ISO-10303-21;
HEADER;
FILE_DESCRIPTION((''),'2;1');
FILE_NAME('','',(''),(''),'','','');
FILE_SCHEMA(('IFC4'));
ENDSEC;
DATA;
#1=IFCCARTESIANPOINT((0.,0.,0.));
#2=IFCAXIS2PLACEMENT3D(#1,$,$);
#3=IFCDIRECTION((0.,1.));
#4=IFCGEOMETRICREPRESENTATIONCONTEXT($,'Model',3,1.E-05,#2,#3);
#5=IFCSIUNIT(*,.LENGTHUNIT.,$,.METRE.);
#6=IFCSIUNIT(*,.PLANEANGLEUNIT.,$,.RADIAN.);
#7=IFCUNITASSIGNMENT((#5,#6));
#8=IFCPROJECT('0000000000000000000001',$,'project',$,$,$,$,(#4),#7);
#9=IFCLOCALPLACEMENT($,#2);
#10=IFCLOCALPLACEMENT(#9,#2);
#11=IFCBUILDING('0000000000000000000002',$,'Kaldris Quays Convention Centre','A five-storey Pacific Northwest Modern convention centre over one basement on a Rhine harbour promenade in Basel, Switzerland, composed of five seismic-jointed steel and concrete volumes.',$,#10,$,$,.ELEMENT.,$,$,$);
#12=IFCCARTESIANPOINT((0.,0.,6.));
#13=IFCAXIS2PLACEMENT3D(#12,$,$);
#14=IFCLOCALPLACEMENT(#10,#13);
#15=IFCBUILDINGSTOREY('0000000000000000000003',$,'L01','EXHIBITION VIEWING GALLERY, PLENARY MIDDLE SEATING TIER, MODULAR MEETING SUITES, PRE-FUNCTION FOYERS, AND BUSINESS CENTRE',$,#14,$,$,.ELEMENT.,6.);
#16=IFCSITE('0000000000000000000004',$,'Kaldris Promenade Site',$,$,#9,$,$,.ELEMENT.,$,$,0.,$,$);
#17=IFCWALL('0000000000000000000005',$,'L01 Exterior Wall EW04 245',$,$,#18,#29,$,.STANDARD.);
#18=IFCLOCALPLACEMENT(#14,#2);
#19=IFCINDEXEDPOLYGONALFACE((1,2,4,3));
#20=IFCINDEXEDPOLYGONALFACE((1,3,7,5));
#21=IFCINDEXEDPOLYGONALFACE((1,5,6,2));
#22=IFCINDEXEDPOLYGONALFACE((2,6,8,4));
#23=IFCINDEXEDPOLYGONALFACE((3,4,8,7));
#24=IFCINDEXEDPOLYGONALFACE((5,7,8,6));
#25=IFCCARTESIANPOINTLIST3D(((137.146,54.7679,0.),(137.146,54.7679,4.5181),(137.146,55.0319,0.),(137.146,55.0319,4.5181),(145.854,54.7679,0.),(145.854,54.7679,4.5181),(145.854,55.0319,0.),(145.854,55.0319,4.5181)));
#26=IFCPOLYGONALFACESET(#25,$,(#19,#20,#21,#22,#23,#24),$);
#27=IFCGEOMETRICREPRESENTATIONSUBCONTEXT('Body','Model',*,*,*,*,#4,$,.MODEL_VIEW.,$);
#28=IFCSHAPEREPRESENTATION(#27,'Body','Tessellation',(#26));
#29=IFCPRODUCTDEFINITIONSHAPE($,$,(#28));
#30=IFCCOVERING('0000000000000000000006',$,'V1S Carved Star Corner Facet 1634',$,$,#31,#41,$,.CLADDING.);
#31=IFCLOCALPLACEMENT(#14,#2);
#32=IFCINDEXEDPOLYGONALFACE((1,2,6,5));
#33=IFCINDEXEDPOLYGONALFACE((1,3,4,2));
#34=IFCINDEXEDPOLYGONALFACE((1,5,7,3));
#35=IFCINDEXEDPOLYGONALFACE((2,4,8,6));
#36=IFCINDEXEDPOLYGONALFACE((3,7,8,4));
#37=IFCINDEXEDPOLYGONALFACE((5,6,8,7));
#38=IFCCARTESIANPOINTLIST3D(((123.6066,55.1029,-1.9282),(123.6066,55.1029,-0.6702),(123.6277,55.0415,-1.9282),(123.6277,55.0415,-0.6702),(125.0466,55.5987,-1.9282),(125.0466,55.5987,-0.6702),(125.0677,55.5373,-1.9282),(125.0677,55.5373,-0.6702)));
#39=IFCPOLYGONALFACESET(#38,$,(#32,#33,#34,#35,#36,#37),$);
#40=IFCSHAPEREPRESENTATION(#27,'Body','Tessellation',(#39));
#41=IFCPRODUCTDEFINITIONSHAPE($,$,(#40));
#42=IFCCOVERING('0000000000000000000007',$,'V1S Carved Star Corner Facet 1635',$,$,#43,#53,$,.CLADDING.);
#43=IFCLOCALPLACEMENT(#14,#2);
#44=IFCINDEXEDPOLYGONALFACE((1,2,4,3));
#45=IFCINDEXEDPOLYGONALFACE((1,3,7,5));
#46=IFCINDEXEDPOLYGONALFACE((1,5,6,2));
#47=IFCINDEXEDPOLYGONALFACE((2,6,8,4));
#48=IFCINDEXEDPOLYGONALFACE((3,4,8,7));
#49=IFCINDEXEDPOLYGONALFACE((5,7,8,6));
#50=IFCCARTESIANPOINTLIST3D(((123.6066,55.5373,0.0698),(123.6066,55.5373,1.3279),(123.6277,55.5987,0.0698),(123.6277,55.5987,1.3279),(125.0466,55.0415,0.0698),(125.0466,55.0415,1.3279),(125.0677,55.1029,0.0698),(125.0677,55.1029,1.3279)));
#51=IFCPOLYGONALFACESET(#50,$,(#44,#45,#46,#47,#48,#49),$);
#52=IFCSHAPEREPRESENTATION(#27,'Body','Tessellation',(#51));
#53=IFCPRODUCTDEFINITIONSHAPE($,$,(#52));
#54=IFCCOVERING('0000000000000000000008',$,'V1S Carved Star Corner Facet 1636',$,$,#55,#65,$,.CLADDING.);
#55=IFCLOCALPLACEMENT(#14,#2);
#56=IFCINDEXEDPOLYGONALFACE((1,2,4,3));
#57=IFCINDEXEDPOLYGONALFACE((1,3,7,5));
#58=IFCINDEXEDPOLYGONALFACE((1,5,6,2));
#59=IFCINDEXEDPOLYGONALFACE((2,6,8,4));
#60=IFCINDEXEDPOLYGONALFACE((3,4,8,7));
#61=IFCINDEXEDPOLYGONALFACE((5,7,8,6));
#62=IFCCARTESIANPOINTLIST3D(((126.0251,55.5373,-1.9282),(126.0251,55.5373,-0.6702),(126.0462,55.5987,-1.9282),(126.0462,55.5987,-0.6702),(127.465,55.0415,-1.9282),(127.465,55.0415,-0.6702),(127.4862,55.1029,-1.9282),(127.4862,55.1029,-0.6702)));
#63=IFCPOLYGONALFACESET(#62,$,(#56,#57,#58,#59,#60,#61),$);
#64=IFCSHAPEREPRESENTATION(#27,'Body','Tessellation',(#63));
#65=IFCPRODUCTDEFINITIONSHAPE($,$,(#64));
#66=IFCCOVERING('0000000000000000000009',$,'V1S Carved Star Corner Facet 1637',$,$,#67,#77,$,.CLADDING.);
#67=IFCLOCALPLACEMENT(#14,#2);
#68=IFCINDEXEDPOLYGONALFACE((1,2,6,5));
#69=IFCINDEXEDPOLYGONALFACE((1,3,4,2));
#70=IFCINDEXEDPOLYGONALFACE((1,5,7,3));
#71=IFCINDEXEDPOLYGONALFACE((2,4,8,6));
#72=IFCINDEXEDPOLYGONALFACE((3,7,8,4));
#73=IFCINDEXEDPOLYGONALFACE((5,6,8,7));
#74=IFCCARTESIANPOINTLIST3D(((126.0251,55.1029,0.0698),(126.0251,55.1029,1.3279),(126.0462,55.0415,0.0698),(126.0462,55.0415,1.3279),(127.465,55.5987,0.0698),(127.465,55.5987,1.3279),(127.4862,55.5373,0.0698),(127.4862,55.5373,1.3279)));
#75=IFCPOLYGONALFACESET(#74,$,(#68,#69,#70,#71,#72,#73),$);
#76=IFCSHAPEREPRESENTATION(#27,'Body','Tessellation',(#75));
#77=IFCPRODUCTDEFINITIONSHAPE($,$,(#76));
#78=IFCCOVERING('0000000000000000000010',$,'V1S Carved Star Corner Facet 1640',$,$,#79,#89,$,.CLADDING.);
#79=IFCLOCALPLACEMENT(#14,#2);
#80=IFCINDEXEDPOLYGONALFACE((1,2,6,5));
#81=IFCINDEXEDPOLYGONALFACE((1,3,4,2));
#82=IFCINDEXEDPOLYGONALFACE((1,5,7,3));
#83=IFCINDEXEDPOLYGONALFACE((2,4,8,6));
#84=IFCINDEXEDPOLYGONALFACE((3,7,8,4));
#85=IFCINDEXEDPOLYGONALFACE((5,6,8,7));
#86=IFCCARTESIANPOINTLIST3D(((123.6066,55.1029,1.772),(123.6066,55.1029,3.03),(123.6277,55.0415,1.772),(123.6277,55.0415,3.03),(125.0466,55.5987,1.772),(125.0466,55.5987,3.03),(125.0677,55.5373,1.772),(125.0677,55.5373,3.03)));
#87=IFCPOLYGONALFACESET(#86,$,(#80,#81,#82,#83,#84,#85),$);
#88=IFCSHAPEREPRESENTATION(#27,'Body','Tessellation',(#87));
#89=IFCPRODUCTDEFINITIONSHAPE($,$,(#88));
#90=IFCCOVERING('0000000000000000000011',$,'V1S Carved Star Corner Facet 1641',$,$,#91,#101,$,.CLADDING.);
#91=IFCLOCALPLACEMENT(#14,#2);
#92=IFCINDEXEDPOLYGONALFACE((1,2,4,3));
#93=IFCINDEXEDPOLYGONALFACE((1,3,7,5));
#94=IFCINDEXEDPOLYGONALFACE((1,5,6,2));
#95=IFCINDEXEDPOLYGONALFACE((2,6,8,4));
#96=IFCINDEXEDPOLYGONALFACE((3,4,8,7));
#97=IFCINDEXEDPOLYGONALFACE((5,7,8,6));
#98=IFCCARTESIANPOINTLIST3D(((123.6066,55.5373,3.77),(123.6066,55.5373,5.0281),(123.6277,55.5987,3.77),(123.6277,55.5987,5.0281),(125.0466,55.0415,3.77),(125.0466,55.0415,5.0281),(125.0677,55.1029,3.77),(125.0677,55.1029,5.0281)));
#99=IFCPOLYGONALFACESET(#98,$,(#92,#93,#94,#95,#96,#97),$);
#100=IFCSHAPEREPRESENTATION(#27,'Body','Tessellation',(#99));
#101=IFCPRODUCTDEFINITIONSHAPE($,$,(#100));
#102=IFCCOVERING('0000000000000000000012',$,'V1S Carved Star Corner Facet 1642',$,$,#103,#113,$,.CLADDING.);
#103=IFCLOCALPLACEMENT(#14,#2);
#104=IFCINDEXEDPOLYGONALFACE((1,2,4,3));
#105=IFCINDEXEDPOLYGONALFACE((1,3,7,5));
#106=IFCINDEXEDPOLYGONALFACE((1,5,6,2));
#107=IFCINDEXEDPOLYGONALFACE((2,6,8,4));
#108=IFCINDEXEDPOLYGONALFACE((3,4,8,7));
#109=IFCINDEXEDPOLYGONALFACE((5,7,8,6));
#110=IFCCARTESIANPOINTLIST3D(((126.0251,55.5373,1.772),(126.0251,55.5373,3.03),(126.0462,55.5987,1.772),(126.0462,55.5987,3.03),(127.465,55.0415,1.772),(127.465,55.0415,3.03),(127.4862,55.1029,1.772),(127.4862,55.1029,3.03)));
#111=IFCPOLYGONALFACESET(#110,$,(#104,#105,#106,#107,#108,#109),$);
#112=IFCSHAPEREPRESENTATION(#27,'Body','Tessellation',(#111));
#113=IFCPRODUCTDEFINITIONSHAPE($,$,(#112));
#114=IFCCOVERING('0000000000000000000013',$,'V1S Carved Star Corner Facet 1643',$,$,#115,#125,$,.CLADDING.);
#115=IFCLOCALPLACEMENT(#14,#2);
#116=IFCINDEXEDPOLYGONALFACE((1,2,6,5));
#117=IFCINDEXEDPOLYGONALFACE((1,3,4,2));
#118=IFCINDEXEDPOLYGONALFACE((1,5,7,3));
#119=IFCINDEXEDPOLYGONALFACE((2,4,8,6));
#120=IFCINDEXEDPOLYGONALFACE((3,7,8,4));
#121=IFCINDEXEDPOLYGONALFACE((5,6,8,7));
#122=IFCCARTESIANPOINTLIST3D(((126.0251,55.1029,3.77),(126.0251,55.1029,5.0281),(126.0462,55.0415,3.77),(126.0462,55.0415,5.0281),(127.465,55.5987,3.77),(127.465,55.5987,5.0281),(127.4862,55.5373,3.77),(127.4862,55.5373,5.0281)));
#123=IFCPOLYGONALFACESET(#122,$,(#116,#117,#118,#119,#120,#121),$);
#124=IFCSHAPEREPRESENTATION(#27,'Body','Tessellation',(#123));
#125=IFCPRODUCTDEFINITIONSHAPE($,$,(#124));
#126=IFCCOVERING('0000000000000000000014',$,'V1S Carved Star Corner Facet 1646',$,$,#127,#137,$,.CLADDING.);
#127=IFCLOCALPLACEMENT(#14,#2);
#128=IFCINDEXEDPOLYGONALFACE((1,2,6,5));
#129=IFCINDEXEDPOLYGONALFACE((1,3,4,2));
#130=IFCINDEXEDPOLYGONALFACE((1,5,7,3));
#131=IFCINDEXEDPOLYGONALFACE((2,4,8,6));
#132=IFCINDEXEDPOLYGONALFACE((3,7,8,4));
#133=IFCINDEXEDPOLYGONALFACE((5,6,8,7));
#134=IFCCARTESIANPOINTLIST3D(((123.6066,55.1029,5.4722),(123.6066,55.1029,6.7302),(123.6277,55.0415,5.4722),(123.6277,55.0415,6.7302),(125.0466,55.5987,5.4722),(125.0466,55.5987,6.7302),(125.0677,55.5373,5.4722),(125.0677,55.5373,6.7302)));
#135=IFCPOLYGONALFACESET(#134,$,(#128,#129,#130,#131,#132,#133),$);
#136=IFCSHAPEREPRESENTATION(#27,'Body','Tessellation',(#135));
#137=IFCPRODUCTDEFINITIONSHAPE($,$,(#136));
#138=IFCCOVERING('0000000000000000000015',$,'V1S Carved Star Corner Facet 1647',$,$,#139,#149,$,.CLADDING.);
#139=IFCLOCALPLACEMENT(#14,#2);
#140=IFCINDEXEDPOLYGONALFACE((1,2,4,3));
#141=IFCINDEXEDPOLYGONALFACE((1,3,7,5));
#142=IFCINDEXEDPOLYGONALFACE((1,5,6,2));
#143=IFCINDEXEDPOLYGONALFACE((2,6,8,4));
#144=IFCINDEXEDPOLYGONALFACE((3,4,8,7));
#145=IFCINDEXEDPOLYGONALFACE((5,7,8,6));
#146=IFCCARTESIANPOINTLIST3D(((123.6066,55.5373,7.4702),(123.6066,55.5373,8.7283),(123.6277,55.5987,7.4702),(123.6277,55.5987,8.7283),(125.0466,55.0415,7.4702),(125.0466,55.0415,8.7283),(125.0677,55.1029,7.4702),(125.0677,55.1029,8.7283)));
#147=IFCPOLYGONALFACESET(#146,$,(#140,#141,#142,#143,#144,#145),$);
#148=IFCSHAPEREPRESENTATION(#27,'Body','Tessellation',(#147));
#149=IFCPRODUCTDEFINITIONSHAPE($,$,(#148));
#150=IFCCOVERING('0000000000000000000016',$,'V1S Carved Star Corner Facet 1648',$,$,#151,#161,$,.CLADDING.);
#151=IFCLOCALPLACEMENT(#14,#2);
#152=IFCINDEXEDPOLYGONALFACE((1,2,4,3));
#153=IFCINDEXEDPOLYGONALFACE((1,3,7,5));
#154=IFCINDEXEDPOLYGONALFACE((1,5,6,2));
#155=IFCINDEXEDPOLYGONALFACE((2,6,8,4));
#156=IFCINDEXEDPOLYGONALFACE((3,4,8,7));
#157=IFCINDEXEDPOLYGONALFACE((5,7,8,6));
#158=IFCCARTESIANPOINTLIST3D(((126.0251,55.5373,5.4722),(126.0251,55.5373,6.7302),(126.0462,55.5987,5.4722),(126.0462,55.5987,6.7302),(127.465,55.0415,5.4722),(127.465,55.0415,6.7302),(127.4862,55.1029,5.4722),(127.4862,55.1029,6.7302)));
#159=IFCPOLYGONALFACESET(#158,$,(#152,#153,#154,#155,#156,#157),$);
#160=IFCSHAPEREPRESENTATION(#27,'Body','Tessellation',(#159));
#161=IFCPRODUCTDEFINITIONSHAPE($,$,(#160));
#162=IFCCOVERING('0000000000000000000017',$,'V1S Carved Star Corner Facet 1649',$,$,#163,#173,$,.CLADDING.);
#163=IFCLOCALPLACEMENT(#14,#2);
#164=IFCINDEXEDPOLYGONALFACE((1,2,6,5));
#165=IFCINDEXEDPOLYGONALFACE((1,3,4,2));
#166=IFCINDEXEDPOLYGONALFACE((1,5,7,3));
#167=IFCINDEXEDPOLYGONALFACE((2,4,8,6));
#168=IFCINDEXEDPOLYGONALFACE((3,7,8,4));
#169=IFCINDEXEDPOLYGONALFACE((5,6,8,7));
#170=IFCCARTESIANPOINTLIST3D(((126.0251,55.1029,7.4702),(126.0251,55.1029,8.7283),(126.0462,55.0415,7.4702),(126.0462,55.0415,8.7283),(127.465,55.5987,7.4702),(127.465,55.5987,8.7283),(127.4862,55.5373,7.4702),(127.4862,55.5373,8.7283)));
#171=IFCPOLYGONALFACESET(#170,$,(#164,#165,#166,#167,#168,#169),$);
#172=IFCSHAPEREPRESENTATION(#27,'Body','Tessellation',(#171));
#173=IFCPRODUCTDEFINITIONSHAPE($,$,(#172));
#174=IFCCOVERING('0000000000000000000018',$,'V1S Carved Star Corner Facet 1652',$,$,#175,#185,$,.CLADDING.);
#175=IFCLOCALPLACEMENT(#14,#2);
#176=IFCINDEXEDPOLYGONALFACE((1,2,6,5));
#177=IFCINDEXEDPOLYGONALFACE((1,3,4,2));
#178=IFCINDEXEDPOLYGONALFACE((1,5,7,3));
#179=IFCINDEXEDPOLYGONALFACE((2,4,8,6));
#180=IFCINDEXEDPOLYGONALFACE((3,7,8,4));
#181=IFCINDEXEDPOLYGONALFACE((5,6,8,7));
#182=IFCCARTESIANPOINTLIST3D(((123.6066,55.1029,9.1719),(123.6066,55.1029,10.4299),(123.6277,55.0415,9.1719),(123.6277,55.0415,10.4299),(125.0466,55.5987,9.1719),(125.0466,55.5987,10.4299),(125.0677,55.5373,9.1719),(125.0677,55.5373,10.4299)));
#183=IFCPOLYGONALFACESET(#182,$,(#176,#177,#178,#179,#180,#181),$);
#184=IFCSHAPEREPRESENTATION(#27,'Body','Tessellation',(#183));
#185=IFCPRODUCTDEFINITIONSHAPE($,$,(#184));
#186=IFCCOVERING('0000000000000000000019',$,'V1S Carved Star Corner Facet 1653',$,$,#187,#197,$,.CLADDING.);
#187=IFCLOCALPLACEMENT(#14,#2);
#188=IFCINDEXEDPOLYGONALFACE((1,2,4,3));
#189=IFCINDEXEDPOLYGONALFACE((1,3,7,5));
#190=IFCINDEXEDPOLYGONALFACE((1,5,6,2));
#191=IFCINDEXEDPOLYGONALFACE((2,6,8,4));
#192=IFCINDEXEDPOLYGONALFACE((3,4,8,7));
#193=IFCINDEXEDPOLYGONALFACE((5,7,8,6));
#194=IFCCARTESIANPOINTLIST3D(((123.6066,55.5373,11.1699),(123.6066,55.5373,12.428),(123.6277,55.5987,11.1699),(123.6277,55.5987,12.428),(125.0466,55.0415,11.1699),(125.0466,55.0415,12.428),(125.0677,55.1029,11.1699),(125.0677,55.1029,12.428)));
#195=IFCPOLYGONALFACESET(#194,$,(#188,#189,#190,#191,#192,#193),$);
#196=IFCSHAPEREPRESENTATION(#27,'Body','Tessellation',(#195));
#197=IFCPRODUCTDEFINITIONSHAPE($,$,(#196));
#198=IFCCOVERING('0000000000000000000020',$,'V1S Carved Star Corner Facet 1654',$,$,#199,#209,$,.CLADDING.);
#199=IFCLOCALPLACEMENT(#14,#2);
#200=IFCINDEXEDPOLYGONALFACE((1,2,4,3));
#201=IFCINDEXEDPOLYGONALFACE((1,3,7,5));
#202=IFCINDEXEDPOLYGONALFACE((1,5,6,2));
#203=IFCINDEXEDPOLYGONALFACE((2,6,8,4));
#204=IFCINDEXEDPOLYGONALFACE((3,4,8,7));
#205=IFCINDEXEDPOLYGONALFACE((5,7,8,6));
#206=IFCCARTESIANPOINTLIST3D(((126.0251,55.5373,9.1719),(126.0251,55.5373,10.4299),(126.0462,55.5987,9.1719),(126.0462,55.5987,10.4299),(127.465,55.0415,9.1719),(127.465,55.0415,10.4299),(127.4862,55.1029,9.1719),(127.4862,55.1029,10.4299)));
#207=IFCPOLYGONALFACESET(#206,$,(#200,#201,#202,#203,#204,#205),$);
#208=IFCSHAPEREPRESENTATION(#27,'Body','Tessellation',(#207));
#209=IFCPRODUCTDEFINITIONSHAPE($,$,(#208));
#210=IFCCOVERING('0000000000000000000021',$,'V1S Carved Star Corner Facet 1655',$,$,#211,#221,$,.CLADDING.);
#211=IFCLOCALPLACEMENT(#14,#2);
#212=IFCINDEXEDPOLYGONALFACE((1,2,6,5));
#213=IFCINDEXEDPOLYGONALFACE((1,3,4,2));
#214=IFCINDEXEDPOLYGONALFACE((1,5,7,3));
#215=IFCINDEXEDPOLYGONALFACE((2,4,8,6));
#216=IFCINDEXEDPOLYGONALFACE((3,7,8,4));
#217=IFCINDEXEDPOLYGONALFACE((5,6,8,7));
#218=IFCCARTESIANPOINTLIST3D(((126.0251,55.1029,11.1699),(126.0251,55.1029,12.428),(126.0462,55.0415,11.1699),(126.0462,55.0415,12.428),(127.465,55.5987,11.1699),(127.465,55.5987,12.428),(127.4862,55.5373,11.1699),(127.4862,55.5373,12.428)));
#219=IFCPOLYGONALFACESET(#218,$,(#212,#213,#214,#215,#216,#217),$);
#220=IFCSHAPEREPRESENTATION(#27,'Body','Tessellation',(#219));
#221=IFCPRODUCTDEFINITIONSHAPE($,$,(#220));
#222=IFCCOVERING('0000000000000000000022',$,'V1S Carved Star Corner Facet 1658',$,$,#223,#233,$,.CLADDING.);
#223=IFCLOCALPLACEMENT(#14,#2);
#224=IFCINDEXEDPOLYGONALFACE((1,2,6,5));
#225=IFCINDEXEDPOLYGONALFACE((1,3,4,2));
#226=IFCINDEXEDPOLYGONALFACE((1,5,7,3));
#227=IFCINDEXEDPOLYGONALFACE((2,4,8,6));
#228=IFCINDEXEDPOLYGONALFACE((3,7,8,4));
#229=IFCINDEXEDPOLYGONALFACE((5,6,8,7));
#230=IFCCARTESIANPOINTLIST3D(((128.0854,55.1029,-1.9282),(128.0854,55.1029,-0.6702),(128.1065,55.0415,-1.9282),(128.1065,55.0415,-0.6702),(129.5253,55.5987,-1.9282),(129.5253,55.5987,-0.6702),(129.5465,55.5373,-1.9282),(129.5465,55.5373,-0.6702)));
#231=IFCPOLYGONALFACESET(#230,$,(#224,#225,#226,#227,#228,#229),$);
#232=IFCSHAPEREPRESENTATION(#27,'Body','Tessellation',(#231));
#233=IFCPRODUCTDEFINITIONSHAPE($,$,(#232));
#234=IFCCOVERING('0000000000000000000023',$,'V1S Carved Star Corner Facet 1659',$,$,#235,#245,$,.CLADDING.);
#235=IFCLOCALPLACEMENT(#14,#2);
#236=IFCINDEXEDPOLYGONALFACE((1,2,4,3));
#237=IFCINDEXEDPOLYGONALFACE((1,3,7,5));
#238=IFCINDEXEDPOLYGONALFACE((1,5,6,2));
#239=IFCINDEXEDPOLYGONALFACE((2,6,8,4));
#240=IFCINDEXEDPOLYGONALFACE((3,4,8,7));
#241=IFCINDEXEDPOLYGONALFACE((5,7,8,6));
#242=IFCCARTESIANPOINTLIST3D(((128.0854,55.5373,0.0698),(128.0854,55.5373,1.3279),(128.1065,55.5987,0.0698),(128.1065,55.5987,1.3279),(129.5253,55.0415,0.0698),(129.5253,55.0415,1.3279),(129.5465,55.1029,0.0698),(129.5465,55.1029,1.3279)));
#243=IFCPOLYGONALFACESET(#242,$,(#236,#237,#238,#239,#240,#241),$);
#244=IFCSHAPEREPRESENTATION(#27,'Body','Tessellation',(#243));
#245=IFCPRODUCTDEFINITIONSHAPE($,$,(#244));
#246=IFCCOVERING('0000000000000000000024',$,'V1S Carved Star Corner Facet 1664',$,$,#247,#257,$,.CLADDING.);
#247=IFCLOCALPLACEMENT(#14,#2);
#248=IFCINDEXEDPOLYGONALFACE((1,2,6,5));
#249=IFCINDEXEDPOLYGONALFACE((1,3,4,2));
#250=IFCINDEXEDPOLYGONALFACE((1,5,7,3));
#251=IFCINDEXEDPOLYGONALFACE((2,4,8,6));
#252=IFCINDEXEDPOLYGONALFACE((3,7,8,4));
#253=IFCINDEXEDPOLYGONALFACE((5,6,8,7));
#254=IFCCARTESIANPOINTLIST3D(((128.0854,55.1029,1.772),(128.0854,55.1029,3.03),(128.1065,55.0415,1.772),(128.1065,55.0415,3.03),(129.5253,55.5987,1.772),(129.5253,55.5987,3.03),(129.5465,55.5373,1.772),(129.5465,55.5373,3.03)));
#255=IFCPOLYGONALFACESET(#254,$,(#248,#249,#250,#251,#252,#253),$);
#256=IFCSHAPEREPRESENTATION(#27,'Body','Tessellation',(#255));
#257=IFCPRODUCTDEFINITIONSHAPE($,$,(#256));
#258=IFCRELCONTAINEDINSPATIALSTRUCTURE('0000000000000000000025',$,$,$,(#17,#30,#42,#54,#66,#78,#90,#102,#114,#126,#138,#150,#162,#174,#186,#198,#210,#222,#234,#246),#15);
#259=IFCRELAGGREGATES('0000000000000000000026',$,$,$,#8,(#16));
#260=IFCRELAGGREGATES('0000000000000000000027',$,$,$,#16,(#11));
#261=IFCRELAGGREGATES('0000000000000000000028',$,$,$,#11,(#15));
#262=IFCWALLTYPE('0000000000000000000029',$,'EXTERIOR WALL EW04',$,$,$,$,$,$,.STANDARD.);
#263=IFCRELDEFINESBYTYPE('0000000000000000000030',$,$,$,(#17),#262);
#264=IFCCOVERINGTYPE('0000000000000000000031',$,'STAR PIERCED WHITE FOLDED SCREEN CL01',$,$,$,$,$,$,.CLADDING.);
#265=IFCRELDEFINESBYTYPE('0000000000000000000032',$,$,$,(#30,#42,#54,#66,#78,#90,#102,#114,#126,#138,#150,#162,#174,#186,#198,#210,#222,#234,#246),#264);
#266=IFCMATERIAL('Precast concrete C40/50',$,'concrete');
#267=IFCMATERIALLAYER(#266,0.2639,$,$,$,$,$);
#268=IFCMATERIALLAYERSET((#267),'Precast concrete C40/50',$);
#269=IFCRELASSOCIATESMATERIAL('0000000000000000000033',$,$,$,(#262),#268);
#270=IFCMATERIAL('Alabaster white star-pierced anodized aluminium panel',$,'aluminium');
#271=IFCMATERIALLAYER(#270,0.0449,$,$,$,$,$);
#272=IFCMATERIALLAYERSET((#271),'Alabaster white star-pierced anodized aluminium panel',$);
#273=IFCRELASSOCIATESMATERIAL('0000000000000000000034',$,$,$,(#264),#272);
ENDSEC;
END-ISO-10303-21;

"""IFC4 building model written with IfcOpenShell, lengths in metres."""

from ifc_helpers import new_model, si_unit, direction, frame, frame_2d, origin, origin_2d, place, context, subcontext, project, spatial, rectangle, extrude, material, layer, layer_set, type_object, element, save


model = new_model("IFC4")

# Units and contexts
model_context = context("Model", 3, precision=1e-05, world=origin(), true_north=direction((0.0, 1.0)))
body_context = subcontext(model_context, "Body", "Model", "MODEL_VIEW")
ifc_project = project(units=[si_unit("LENGTHUNIT", "METRE"), si_unit("PLANEANGLEUNIT", "RADIAN")], contexts=[model_context])

# Site, building, storey
site_placement = place(None, origin())
site = spatial("IfcSite", under=ifc_project, at=site_placement, Name="Kaldris Promenade Site", CompositionType="ELEMENT", RefElevation=0.0)
building_placement = place(site_placement, origin())
building = spatial("IfcBuilding", under=site, at=building_placement, Name="Kaldris Quays Convention Centre", Description="A five-storey Pacific Northwest Modern convention centre over one basement on a Rhine harbour promenade in Basel, Switzerland, composed of five seismic-jointed steel and concrete volumes.", CompositionType="ELEMENT")
storey_placement = place(building_placement, frame((0.0, 0.0, 6.0)))
storey = spatial("IfcBuildingStorey", under=building, at=storey_placement, Name="L01", Description="EXHIBITION VIEWING GALLERY, PLENARY MIDDLE SEATING TIER, MODULAR MEETING SUITES, PRE-FUNCTION FOYERS, AND BUSINESS CENTRE", CompositionType="ELEMENT", Elevation=6.0)

# Wall
ifc_material_1 = material(Name="Precast concrete C40/50", Category="concrete")
ifc_layer_1 = layer(ifc_material_1, 0.2639)
ifc_layer_set_1 = layer_set([ifc_layer_1], Name="Precast concrete C40/50")
wall_type = type_object("IfcWallType", Name="EXTERIOR WALL EW04", PredefinedType="STANDARD", material=ifc_layer_set_1)
wall_placement = place(storey_placement, frame((137.146, 54.8999, 0.0), z_axis=(0.0, 0.0, 1.0), x_axis=(1.0, 0.0, 0.0)))
element("IfcWall", 1, at=wall_placement, inside=storey, type_object=wall_type, Name="L01 Exterior Wall EW04 245", PredefinedType="STANDARD", context=body_context, shape_type="SweptSolid", body=[
    extrude(rectangle(XDim=8.708, YDim=0.2639, at=frame_2d((4.354, 0.0))), origin(), (0.0, 0.0, 1.0), 4.5181),
])

# Coverings
ifc_material_2 = material(Name="Alabaster white star-pierced anodized aluminium panel", Category="aluminium")
ifc_layer_2 = layer(ifc_material_2, 0.0449)
ifc_layer_set_2 = layer_set([ifc_layer_2], Name="Alabaster white star-pierced anodized aluminium panel")
covering_type = type_object("IfcCoveringType", Name="STAR PIERCED WHITE FOLDED SCREEN CL01", PredefinedType="CLADDING", material=ifc_layer_set_2)
for number, where, z_axis, x_axis, name in (
    (2, (124.3372, 55.3201, -1.9282), (0.0, 0.0, 1.0), (0.945519, 0.325568, 0.0), "V1S Carved Star Corner Facet 1634"),
    (3, (124.3372, 55.3201, 0.0698), (0.0, 0.0, 1.0), (0.945519, -0.325568, 0.0), "V1S Carved Star Corner Facet 1635"),
    (4, (126.7556, 55.3201, -1.9282), (0.0, 0.0, 1.0), (0.945519, -0.325568, 0.0), "V1S Carved Star Corner Facet 1636"),
    (5, (126.7556, 55.3201, 0.0698), (0.0, 0.0, 1.0), (0.945519, 0.325568, 0.0), "V1S Carved Star Corner Facet 1637"),
    (6, (124.3372, 55.3201, 1.772), (0.0, 0.0, 1.0), (0.945519, 0.325568, 0.0), "V1S Carved Star Corner Facet 1640"),
    (7, (124.3372, 55.3201, 3.77), (0.0, 0.0, 1.0), (0.945519, -0.325568, 0.0), "V1S Carved Star Corner Facet 1641"),
    (8, (126.7556, 55.3201, 1.772), (0.0, 0.0, 1.0), (0.945519, -0.325568, 0.0), "V1S Carved Star Corner Facet 1642"),
    (9, (126.7556, 55.3201, 3.77), (0.0, 0.0, 1.0), (0.945519, 0.325568, 0.0), "V1S Carved Star Corner Facet 1643"),
    (10, (124.3372, 55.3201, 5.4722), (0.0, 0.0, 1.0), (0.945519, 0.325568, 0.0), "V1S Carved Star Corner Facet 1646"),
    (11, (124.3372, 55.3201, 7.4702), (0.0, 0.0, 1.0), (0.945519, -0.325568, 0.0), "V1S Carved Star Corner Facet 1647"),
    (12, (126.7556, 55.3201, 5.4722), (0.0, 0.0, 1.0), (0.945519, -0.325568, 0.0), "V1S Carved Star Corner Facet 1648"),
    (13, (126.7556, 55.3201, 7.4702), (0.0, 0.0, 1.0), (0.945519, 0.325568, 0.0), "V1S Carved Star Corner Facet 1649"),
    (14, (124.3372, 55.3201, 9.1719), (0.0, 0.0, 1.0), (0.945519, 0.325568, 0.0), "V1S Carved Star Corner Facet 1652"),
    (15, (124.3372, 55.3201, 11.1699), (0.0, 0.0, 1.0), (0.945519, -0.325568, 0.0), "V1S Carved Star Corner Facet 1653"),
    (16, (126.7556, 55.3201, 9.1719), (0.0, 0.0, 1.0), (0.945519, -0.325568, 0.0), "V1S Carved Star Corner Facet 1654"),
    (17, (126.7556, 55.3201, 11.1699), (0.0, 0.0, 1.0), (0.945519, 0.325568, 0.0), "V1S Carved Star Corner Facet 1655"),
    (18, (128.8159, 55.3201, -1.9282), (0.0, 0.0, 1.0), (0.945519, 0.325568, 0.0), "V1S Carved Star Corner Facet 1658"),
    (19, (128.8159, 55.3201, 0.0698), (0.0, 0.0, 1.0), (0.945519, -0.325568, 0.0), "V1S Carved Star Corner Facet 1659"),
    (20, (128.8159, 55.3201, 1.772), (0.0, 0.0, 1.0), (0.945519, 0.325568, 0.0), "V1S Carved Star Corner Facet 1664"),
):
    element("IfcCovering", number, at=place(storey_placement, frame(where, z_axis=z_axis, x_axis=x_axis)), inside=storey, type_object=covering_type, Name=name, PredefinedType="CLADDING", context=body_context, shape_type="SweptSolid", body=[
        extrude(rectangle(XDim=1.5229, YDim=0.0649, at=origin_2d()), origin(), (0.0, 0.0, 1.0), 1.2581),
    ])

save(model, "model.ifc")
